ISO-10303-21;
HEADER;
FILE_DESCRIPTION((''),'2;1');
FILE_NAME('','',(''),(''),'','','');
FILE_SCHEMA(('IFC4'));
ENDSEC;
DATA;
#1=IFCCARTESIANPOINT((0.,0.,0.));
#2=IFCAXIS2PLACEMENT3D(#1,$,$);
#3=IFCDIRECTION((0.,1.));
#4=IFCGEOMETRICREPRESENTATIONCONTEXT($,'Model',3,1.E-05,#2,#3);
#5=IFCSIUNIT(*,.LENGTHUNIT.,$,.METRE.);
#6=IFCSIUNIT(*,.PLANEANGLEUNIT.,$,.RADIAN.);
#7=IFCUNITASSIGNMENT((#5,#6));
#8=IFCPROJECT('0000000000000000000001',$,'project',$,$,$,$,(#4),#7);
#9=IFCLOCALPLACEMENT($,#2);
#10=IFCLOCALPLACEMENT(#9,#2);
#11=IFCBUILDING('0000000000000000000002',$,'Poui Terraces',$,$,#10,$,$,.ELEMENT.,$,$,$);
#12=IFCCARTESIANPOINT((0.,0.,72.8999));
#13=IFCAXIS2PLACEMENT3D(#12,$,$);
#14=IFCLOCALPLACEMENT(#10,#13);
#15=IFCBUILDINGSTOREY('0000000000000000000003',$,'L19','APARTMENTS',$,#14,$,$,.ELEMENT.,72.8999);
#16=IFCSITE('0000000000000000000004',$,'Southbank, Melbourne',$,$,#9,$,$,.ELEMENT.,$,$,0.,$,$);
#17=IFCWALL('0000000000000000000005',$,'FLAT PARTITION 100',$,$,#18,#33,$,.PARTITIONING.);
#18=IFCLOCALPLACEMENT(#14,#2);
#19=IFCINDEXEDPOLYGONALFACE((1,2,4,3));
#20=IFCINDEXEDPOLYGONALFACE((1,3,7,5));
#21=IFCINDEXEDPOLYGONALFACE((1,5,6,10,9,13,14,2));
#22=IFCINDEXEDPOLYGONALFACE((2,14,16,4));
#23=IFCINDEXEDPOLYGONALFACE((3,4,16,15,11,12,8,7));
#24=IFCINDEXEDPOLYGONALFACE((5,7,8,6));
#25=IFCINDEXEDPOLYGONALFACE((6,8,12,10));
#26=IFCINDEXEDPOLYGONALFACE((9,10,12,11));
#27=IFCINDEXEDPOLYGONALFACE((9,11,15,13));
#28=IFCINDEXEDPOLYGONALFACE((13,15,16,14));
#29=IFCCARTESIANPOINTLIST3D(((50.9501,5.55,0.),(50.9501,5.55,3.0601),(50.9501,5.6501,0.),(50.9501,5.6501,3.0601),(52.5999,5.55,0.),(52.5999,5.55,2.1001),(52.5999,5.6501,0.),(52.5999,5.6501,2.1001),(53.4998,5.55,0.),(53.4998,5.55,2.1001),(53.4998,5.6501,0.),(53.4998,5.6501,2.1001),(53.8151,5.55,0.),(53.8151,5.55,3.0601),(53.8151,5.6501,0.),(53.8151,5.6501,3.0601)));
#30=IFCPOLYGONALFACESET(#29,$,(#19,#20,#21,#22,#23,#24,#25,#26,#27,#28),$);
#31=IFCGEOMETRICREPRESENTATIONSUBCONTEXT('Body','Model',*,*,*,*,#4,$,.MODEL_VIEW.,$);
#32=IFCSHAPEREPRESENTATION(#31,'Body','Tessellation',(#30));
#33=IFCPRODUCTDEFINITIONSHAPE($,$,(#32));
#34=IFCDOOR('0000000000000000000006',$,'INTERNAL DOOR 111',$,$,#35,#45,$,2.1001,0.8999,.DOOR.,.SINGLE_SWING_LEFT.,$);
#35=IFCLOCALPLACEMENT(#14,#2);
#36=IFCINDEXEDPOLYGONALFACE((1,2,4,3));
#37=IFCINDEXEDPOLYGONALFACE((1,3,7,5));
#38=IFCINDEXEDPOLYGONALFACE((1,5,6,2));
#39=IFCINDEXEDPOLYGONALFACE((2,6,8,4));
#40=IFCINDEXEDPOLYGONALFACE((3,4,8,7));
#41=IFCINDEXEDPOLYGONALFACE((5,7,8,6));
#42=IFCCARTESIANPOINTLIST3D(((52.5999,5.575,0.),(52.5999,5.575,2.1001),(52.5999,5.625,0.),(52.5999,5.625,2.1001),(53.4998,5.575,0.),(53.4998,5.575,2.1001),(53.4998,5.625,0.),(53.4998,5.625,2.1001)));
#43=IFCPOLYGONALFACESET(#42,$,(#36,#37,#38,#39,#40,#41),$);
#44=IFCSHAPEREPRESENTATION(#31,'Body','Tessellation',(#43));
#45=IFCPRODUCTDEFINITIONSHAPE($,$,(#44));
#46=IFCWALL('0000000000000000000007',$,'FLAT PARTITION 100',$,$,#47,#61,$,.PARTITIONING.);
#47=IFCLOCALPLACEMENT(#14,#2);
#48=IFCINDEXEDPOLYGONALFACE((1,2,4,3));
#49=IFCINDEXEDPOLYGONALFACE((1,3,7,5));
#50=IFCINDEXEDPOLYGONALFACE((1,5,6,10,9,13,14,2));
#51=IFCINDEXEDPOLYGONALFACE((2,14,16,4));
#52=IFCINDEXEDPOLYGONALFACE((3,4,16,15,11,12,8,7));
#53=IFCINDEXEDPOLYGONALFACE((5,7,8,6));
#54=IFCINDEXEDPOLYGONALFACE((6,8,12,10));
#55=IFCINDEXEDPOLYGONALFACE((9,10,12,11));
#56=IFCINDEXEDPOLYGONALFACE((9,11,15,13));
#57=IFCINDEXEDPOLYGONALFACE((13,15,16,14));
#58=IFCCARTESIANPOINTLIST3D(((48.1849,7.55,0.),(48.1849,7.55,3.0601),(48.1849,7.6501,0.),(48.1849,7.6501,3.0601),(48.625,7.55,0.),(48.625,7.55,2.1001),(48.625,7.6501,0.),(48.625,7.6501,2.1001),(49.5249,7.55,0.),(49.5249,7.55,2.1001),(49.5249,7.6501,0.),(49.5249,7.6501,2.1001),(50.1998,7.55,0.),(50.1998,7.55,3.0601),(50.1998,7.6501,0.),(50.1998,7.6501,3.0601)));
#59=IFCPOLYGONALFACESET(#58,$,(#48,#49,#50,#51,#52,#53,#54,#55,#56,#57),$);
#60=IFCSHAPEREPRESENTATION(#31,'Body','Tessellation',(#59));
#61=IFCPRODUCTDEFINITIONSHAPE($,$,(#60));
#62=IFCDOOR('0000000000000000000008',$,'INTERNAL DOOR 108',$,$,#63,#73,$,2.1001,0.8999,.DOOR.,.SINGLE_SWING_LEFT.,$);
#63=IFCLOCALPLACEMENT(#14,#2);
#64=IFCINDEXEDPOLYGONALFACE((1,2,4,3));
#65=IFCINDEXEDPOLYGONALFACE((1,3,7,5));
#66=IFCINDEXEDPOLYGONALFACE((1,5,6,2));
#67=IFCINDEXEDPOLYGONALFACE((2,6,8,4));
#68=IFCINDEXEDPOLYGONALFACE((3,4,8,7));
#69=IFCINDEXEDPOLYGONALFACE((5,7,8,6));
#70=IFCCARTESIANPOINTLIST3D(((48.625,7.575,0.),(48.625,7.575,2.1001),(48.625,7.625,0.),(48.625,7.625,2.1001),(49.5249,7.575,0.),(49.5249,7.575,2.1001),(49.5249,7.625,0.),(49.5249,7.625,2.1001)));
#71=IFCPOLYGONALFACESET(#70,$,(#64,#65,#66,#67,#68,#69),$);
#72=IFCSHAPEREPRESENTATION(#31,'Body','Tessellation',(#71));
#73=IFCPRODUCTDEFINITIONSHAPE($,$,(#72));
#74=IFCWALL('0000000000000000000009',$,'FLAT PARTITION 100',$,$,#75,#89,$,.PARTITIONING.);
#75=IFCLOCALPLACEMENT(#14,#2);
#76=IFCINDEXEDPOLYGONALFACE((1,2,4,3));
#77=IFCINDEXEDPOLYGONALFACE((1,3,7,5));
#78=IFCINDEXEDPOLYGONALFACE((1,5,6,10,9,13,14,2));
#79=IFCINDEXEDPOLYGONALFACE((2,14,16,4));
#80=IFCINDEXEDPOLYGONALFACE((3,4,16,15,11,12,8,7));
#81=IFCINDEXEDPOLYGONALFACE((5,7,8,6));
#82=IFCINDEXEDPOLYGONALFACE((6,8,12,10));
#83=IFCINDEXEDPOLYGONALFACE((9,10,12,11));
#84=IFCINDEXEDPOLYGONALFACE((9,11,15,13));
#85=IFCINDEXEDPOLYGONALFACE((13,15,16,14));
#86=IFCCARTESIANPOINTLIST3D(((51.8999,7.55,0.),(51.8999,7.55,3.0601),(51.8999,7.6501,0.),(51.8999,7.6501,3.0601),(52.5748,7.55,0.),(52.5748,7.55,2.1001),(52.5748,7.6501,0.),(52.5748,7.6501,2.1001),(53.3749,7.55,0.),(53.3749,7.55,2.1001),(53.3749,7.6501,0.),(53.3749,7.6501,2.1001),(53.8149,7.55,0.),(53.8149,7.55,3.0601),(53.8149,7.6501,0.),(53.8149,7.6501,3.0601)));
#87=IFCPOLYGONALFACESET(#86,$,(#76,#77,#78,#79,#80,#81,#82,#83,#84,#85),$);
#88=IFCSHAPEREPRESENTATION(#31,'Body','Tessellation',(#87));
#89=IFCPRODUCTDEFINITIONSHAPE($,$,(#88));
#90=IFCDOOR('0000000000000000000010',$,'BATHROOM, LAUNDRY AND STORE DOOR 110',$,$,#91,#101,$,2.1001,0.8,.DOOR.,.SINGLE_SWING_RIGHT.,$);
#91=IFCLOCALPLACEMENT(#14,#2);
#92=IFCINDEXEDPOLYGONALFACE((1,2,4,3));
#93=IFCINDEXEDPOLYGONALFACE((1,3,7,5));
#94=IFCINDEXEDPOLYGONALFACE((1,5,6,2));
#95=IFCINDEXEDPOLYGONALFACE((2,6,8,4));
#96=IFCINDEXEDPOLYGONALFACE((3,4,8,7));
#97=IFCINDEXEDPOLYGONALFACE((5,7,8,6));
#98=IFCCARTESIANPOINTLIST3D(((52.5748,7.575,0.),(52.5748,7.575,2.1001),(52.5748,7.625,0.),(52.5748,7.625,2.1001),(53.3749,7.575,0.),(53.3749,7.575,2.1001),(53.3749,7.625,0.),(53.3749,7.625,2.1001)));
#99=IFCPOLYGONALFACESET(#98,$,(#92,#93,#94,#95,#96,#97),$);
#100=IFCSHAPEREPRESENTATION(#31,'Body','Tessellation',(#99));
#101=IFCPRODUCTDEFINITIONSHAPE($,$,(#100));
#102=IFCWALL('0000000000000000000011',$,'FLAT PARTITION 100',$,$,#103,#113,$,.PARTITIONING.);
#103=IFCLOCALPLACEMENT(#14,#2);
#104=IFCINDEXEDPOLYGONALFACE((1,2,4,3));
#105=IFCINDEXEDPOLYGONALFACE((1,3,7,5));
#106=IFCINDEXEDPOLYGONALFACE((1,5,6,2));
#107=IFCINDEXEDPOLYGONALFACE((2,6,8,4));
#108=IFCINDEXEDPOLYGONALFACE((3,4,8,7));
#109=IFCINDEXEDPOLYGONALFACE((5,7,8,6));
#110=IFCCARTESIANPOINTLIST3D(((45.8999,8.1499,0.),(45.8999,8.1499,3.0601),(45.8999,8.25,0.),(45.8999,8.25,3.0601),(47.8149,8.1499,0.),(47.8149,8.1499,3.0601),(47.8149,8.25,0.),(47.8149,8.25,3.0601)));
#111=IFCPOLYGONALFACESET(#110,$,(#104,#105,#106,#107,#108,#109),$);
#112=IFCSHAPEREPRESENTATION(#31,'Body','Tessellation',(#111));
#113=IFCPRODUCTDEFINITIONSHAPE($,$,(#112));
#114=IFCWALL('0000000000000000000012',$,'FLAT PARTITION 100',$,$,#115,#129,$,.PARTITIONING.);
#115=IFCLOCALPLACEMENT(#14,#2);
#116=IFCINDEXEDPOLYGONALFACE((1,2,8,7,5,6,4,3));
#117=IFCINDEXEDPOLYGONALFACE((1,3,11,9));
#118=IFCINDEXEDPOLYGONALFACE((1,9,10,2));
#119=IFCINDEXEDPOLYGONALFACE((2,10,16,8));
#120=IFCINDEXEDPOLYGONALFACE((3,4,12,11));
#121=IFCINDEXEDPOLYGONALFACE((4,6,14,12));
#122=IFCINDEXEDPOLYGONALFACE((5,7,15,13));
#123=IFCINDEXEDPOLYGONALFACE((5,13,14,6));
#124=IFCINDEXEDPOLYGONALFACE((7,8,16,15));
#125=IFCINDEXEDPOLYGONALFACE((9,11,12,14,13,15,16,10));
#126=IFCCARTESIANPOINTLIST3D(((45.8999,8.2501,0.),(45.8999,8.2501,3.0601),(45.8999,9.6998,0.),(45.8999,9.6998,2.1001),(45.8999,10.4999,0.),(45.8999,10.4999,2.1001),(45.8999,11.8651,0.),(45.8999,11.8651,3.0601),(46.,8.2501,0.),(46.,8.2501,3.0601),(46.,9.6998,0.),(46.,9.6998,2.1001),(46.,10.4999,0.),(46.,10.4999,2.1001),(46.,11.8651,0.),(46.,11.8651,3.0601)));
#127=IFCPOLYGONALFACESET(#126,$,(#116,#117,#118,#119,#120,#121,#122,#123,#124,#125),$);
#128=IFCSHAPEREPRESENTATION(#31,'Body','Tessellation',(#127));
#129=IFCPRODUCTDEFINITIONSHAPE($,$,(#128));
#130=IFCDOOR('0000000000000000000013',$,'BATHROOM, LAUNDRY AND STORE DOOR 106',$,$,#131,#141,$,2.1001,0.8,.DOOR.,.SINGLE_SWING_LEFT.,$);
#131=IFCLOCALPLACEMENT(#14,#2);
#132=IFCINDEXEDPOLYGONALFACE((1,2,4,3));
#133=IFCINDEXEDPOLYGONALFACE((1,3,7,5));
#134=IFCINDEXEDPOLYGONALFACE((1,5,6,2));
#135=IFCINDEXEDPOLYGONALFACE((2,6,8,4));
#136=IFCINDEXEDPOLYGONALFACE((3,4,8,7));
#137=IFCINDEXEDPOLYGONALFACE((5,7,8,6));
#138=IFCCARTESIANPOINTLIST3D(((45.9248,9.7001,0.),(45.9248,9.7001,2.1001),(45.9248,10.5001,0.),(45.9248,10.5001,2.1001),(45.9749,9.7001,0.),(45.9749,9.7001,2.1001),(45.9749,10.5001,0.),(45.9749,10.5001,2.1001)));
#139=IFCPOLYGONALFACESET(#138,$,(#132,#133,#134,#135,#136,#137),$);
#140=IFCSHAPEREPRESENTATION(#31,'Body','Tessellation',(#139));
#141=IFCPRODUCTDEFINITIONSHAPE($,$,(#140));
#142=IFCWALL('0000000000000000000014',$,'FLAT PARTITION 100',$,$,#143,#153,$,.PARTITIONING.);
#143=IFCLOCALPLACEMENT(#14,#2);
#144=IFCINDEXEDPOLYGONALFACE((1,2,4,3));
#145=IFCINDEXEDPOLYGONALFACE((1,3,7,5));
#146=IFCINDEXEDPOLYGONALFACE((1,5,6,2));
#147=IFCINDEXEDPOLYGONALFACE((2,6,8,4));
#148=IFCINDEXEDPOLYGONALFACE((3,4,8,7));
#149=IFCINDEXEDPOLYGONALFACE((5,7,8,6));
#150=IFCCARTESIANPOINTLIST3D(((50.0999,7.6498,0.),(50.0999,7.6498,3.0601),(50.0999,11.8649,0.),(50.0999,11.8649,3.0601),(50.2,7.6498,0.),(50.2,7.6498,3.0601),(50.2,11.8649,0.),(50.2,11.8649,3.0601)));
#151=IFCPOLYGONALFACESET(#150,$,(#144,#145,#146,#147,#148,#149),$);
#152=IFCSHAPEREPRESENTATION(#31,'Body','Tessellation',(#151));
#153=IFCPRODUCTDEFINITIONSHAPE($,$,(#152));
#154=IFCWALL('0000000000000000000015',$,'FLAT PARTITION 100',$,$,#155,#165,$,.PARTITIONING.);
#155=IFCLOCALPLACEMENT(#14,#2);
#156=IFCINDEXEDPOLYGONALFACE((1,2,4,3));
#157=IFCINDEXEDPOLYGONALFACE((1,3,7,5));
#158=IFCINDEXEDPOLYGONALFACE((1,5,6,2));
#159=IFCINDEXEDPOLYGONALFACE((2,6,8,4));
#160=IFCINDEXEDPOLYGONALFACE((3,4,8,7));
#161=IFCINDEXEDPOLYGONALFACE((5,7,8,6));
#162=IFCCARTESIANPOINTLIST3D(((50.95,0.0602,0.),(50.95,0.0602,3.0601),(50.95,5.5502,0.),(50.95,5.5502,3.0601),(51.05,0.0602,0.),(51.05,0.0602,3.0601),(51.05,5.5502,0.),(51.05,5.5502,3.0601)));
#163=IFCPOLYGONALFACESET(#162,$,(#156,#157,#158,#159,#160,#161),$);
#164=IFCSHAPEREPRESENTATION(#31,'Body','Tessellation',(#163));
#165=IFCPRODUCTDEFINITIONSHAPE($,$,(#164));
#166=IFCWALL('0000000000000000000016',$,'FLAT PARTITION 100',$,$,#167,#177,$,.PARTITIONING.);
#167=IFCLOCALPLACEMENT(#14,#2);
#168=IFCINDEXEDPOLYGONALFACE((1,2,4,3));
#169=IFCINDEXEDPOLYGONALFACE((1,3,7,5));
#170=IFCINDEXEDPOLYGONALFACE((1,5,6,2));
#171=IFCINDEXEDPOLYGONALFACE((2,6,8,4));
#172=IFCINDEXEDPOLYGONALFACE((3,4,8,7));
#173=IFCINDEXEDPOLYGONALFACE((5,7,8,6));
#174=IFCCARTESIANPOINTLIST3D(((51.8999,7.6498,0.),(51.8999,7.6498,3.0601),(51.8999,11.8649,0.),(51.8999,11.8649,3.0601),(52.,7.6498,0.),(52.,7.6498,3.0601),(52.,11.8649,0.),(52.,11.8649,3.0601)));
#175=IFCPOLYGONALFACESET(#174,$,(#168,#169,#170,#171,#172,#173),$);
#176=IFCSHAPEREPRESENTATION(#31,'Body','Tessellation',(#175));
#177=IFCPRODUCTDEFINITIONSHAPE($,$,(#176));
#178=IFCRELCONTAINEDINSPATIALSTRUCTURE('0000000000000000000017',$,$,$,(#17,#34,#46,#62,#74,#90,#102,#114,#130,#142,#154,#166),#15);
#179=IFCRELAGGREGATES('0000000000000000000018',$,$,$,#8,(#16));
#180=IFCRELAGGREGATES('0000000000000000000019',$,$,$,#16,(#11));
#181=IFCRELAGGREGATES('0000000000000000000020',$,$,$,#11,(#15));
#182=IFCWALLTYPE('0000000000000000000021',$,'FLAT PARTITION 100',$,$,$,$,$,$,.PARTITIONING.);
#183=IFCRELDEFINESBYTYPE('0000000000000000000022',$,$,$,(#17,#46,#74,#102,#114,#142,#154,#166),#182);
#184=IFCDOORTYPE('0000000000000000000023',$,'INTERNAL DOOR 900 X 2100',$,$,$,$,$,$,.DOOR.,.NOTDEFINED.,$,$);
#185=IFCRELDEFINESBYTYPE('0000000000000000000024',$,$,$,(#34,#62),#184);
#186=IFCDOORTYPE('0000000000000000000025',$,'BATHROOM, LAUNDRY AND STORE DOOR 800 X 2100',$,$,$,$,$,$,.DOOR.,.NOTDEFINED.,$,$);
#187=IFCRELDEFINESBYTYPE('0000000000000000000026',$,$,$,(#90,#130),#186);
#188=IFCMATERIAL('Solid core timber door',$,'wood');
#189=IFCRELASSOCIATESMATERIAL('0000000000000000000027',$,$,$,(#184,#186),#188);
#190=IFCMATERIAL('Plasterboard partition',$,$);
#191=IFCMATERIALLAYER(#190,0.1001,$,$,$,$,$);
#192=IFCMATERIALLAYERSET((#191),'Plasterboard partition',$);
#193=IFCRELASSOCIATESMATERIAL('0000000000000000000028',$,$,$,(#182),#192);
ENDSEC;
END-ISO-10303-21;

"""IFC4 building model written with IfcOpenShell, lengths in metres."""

from ifc_helpers import new_model, si_unit, direction, frame, frame_2d, origin, place, context, subcontext, project, spatial, rectangle, extrude, material, layer, layer_set, type_object, element, fill, save


model = new_model("IFC4")

# Units and contexts
model_context = context("Model", 3, precision=1e-05, world=origin(), true_north=direction((0.0, 1.0)))
body_context = subcontext(model_context, "Body", "Model", "MODEL_VIEW")
ifc_project = project(units=[si_unit("LENGTHUNIT", "METRE"), si_unit("PLANEANGLEUNIT", "RADIAN")], contexts=[model_context])

# Site, building, storey
site_placement = place(None, origin())
site = spatial("IfcSite", under=ifc_project, at=site_placement, Name="Southbank, Melbourne", CompositionType="ELEMENT", RefElevation=0.0)
building_placement = place(site_placement, origin())
building = spatial("IfcBuilding", under=site, at=building_placement, Name="Poui Terraces", CompositionType="ELEMENT")
storey_placement = place(building_placement, frame((0.0, 0.0, 72.8999)))
storey = spatial("IfcBuildingStorey", under=building, at=storey_placement, Name="L19", Description="APARTMENTS", CompositionType="ELEMENT", Elevation=72.8999)

# Walls, openings, doors
ifc_material_1 = material(Name="Solid core timber door", Category="wood")
door_type_1 = type_object("IfcDoorType", Name="INTERNAL DOOR 900 X 2100", OperationType="NOTDEFINED", PredefinedType="DOOR", material=ifc_material_1)
ifc_material_2 = material(Name="Plasterboard partition")
ifc_layer_1 = layer(ifc_material_2, 0.1001)
ifc_layer_set_1 = layer_set([ifc_layer_1], Name="Plasterboard partition")
wall_type_1 = type_object("IfcWallType", Name="FLAT PARTITION 100", PredefinedType="PARTITIONING", material=ifc_layer_set_1)
wall_1_placement = place(storey_placement, frame((50.95, 5.6001, 0.0), z_axis=(0.0, 0.0, 1.0), x_axis=(1.0, 0.0, 0.0)))
wall_1 = element("IfcWall", 1, at=wall_1_placement, inside=storey, type_object=wall_type_1, Name="FLAT PARTITION 100", PredefinedType="PARTITIONING", context=body_context, shape_type="SweptSolid", body=[
    extrude(rectangle(XDim=2.865, YDim=0.1001, at=frame_2d((1.4326, 0.0))), origin(), (0.0, 0.0, 1.0), 3.0601),
])
opening_1_placement = place(wall_1_placement, frame((1.6499, 0.0, 0.0)))
opening_1 = element("IfcOpeningElement", 2, at=opening_1_placement, cuts=wall_1, PredefinedType="OPENING", context=body_context, shape_type="SweptSolid", body=[
    extrude(rectangle(XDim=0.8999, YDim=2.1001, at=frame_2d((0.45, 1.05))), frame((0.0, 0.0601, 0.0), z_axis=(0.0, -1.0, 0.0), x_axis=(1.0, 0.0, 0.0)), (0.0, 0.0, 1.0), 0.1201),
])
door_1_placement = place(opening_1_placement, origin())
door_1 = element("IfcDoor", 3, at=door_1_placement, inside=storey, type_object=door_type_1, Name="INTERNAL DOOR 111", OperationType="SINGLE_SWING_LEFT", OverallHeight=2.1001, OverallWidth=0.8999, PredefinedType="DOOR", context=body_context, shape_type="SweptSolid", body=[
    extrude(rectangle(XDim=0.8999, YDim=2.1001, at=frame_2d((0.45, 1.05))), frame((0.0, 0.0249, 0.0), z_axis=(0.0, -1.0, 0.0), x_axis=(1.0, 0.0, 0.0)), (0.0, 0.0, 1.0), 0.05),
])
fill(opening_1, door_1)
wall_2_placement = place(storey_placement, frame((48.1851, 7.6001, 0.0), z_axis=(0.0, 0.0, 1.0), x_axis=(1.0, 0.0, 0.0)))
wall_2 = element("IfcWall", 4, at=wall_2_placement, inside=storey, type_object=wall_type_1, Name="FLAT PARTITION 100", PredefinedType="PARTITIONING", context=body_context, shape_type="SweptSolid", body=[
    extrude(rectangle(XDim=2.0149, YDim=0.1001, at=frame_2d((1.0073, 0.0))), origin(), (0.0, 0.0, 1.0), 3.0601),
])
opening_2_placement = place(wall_2_placement, frame((0.4399, 0.0, 0.0)))
opening_2 = element("IfcOpeningElement", 5, at=opening_2_placement, cuts=wall_2, PredefinedType="OPENING", context=body_context, shape_type="SweptSolid", body=[
    extrude(rectangle(XDim=0.8999, YDim=2.1001, at=frame_2d((0.45, 1.05))), frame((0.0, 0.0601, 0.0), z_axis=(0.0, -1.0, 0.0), x_axis=(1.0, 0.0, 0.0)), (0.0, 0.0, 1.0), 0.1201),
])
door_2_placement = place(opening_2_placement, origin())
door_2 = element("IfcDoor", 6, at=door_2_placement, inside=storey, type_object=door_type_1, Name="INTERNAL DOOR 108", OperationType="SINGLE_SWING_LEFT", OverallHeight=2.1001, OverallWidth=0.8999, PredefinedType="DOOR", context=body_context, shape_type="SweptSolid", body=[
    extrude(rectangle(XDim=0.8999, YDim=2.1001, at=frame_2d((0.45, 1.05))), frame((0.0, 0.0249, 0.0), z_axis=(0.0, -1.0, 0.0), x_axis=(1.0, 0.0, 0.0)), (0.0, 0.0, 1.0), 0.05),
])
fill(opening_2, door_2)
wall_3_placement = place(storey_placement, frame((51.8999, 7.6001, 0.0), z_axis=(0.0, 0.0, 1.0), x_axis=(1.0, 0.0, 0.0)))
wall_3 = element("IfcWall", 7, at=wall_3_placement, inside=storey, type_object=wall_type_1, Name="FLAT PARTITION 100", PredefinedType="PARTITIONING", context=body_context, shape_type="SweptSolid", body=[
    extrude(rectangle(XDim=1.915, YDim=0.1001, at=frame_2d((0.9575, 0.0))), origin(), (0.0, 0.0, 1.0), 3.0601),
])
opening_3_placement = place(wall_3_placement, frame((0.675, 0.0, 0.0)))
opening_3 = element("IfcOpeningElement", 8, at=opening_3_placement, cuts=wall_3, PredefinedType="OPENING", context=body_context, shape_type="SweptSolid", body=[
    extrude(rectangle(XDim=0.8, YDim=2.1001, at=frame_2d((0.3999, 1.05))), frame((0.0, 0.0601, 0.0), z_axis=(0.0, -1.0, 0.0), x_axis=(1.0, 0.0, 0.0)), (0.0, 0.0, 1.0), 0.1201),
])
door_type_2 = type_object("IfcDoorType", Name="BATHROOM, LAUNDRY AND STORE DOOR 800 X 2100", OperationType="NOTDEFINED", PredefinedType="DOOR", material=ifc_material_1)
door_3_placement = place(opening_3_placement, origin())
door_3 = element("IfcDoor", 9, at=door_3_placement, inside=storey, type_object=door_type_2, Name="BATHROOM, LAUNDRY AND STORE DOOR 110", OperationType="SINGLE_SWING_RIGHT", OverallHeight=2.1001, OverallWidth=0.8, PredefinedType="DOOR", context=body_context, shape_type="SweptSolid", body=[
    extrude(rectangle(XDim=0.8, YDim=2.1001, at=frame_2d((0.3999, 1.05))), frame((0.0, 0.0249, 0.0), z_axis=(0.0, -1.0, 0.0), x_axis=(1.0, 0.0, 0.0)), (0.0, 0.0, 1.0), 0.05),
])
fill(opening_3, door_3)

# Wall
wall_4_placement = place(storey_placement, frame((45.8999, 8.2, 0.0), z_axis=(0.0, 0.0, 1.0), x_axis=(1.0, 0.0, 0.0)))
element("IfcWall", 10, at=wall_4_placement, inside=storey, type_object=wall_type_1, Name="FLAT PARTITION 100", PredefinedType="PARTITIONING", context=body_context, shape_type="SweptSolid", body=[
    extrude(rectangle(XDim=1.915, YDim=0.1001, at=frame_2d((0.9575, 0.0))), origin(), (0.0, 0.0, 1.0), 3.0601),
])

# Wall, opening, door
wall_5_placement = place(storey_placement, frame((45.95, 8.25, 0.0), z_axis=(0.0, 0.0, 1.0), x_axis=(0.0, 1.0, 0.0)))
wall_5 = element("IfcWall", 11, at=wall_5_placement, inside=storey, type_object=wall_type_1, Name="FLAT PARTITION 100", PredefinedType="PARTITIONING", context=body_context, shape_type="SweptSolid", body=[
    extrude(rectangle(XDim=3.615, YDim=0.1001, at=frame_2d((1.8076, 0.0))), origin(), (0.0, 0.0, 1.0), 3.0601),
])
opening_4_placement = place(wall_5_placement, frame((1.45, 0.0, 0.0)))
opening_4 = element("IfcOpeningElement", 12, at=opening_4_placement, cuts=wall_5, PredefinedType="OPENING", context=body_context, shape_type="SweptSolid", body=[
    extrude(rectangle(XDim=0.8, YDim=2.1001, at=frame_2d((0.3999, 1.05))), frame((0.0, 0.0601, 0.0), z_axis=(0.0, -1.0, 0.0), x_axis=(1.0, 0.0, 0.0)), (0.0, 0.0, 1.0), 0.1201),
])
door_4_placement = place(opening_4_placement, frame((0.8, 0.0, 0.0), z_axis=(0.0, 0.0, 1.0), x_axis=(-1.0, 0.0, 0.0)))
door_4 = element("IfcDoor", 13, at=door_4_placement, inside=storey, type_object=door_type_2, Name="BATHROOM, LAUNDRY AND STORE DOOR 106", OperationType="SINGLE_SWING_LEFT", OverallHeight=2.1001, OverallWidth=0.8, PredefinedType="DOOR", context=body_context, shape_type="SweptSolid", body=[
    extrude(rectangle(XDim=0.8, YDim=2.1001, at=frame_2d((0.3999, 1.05))), frame((0.0, 0.0249, 0.0), z_axis=(0.0, -1.0, 0.0), x_axis=(1.0, 0.0, 0.0)), (0.0, 0.0, 1.0), 0.05),
])
fill(opening_4, door_4)

# Walls
wall_6_placement = place(storey_placement, frame((50.1499, 7.6499, 0.0), z_axis=(0.0, 0.0, 1.0), x_axis=(0.0, 1.0, 0.0)))
element("IfcWall", 14, at=wall_6_placement, inside=storey, type_object=wall_type_1, Name="FLAT PARTITION 100", PredefinedType="PARTITIONING", context=body_context, shape_type="SweptSolid", body=[
    extrude(rectangle(XDim=4.2151, YDim=0.1001, at=frame_2d((2.1074, 0.0))), origin(), (0.0, 0.0, 1.0), 3.0601),
])
wall_7_placement = place(storey_placement, frame((51.0, 0.0601, 0.0), z_axis=(0.0, 0.0, 1.0), x_axis=(0.0, 1.0, 0.0)))
element("IfcWall", 15, at=wall_7_placement, inside=storey, type_object=wall_type_1, Name="FLAT PARTITION 100", PredefinedType="PARTITIONING", context=body_context, shape_type="SweptSolid", body=[
    extrude(rectangle(XDim=5.49, YDim=0.1001, at=frame_2d((2.7451, 0.0))), origin(), (0.0, 0.0, 1.0), 3.0601),
])
wall_8_placement = place(storey_placement, frame((51.95, 7.6499, 0.0), z_axis=(0.0, 0.0, 1.0), x_axis=(0.0, 1.0, 0.0)))
element("IfcWall", 16, at=wall_8_placement, inside=storey, type_object=wall_type_1, Name="FLAT PARTITION 100", PredefinedType="PARTITIONING", context=body_context, shape_type="SweptSolid", body=[
    extrude(rectangle(XDim=4.2151, YDim=0.1001, at=frame_2d((2.1074, 0.0))), origin(), (0.0, 0.0, 1.0), 3.0601),
])

save(model, "model.ifc")
